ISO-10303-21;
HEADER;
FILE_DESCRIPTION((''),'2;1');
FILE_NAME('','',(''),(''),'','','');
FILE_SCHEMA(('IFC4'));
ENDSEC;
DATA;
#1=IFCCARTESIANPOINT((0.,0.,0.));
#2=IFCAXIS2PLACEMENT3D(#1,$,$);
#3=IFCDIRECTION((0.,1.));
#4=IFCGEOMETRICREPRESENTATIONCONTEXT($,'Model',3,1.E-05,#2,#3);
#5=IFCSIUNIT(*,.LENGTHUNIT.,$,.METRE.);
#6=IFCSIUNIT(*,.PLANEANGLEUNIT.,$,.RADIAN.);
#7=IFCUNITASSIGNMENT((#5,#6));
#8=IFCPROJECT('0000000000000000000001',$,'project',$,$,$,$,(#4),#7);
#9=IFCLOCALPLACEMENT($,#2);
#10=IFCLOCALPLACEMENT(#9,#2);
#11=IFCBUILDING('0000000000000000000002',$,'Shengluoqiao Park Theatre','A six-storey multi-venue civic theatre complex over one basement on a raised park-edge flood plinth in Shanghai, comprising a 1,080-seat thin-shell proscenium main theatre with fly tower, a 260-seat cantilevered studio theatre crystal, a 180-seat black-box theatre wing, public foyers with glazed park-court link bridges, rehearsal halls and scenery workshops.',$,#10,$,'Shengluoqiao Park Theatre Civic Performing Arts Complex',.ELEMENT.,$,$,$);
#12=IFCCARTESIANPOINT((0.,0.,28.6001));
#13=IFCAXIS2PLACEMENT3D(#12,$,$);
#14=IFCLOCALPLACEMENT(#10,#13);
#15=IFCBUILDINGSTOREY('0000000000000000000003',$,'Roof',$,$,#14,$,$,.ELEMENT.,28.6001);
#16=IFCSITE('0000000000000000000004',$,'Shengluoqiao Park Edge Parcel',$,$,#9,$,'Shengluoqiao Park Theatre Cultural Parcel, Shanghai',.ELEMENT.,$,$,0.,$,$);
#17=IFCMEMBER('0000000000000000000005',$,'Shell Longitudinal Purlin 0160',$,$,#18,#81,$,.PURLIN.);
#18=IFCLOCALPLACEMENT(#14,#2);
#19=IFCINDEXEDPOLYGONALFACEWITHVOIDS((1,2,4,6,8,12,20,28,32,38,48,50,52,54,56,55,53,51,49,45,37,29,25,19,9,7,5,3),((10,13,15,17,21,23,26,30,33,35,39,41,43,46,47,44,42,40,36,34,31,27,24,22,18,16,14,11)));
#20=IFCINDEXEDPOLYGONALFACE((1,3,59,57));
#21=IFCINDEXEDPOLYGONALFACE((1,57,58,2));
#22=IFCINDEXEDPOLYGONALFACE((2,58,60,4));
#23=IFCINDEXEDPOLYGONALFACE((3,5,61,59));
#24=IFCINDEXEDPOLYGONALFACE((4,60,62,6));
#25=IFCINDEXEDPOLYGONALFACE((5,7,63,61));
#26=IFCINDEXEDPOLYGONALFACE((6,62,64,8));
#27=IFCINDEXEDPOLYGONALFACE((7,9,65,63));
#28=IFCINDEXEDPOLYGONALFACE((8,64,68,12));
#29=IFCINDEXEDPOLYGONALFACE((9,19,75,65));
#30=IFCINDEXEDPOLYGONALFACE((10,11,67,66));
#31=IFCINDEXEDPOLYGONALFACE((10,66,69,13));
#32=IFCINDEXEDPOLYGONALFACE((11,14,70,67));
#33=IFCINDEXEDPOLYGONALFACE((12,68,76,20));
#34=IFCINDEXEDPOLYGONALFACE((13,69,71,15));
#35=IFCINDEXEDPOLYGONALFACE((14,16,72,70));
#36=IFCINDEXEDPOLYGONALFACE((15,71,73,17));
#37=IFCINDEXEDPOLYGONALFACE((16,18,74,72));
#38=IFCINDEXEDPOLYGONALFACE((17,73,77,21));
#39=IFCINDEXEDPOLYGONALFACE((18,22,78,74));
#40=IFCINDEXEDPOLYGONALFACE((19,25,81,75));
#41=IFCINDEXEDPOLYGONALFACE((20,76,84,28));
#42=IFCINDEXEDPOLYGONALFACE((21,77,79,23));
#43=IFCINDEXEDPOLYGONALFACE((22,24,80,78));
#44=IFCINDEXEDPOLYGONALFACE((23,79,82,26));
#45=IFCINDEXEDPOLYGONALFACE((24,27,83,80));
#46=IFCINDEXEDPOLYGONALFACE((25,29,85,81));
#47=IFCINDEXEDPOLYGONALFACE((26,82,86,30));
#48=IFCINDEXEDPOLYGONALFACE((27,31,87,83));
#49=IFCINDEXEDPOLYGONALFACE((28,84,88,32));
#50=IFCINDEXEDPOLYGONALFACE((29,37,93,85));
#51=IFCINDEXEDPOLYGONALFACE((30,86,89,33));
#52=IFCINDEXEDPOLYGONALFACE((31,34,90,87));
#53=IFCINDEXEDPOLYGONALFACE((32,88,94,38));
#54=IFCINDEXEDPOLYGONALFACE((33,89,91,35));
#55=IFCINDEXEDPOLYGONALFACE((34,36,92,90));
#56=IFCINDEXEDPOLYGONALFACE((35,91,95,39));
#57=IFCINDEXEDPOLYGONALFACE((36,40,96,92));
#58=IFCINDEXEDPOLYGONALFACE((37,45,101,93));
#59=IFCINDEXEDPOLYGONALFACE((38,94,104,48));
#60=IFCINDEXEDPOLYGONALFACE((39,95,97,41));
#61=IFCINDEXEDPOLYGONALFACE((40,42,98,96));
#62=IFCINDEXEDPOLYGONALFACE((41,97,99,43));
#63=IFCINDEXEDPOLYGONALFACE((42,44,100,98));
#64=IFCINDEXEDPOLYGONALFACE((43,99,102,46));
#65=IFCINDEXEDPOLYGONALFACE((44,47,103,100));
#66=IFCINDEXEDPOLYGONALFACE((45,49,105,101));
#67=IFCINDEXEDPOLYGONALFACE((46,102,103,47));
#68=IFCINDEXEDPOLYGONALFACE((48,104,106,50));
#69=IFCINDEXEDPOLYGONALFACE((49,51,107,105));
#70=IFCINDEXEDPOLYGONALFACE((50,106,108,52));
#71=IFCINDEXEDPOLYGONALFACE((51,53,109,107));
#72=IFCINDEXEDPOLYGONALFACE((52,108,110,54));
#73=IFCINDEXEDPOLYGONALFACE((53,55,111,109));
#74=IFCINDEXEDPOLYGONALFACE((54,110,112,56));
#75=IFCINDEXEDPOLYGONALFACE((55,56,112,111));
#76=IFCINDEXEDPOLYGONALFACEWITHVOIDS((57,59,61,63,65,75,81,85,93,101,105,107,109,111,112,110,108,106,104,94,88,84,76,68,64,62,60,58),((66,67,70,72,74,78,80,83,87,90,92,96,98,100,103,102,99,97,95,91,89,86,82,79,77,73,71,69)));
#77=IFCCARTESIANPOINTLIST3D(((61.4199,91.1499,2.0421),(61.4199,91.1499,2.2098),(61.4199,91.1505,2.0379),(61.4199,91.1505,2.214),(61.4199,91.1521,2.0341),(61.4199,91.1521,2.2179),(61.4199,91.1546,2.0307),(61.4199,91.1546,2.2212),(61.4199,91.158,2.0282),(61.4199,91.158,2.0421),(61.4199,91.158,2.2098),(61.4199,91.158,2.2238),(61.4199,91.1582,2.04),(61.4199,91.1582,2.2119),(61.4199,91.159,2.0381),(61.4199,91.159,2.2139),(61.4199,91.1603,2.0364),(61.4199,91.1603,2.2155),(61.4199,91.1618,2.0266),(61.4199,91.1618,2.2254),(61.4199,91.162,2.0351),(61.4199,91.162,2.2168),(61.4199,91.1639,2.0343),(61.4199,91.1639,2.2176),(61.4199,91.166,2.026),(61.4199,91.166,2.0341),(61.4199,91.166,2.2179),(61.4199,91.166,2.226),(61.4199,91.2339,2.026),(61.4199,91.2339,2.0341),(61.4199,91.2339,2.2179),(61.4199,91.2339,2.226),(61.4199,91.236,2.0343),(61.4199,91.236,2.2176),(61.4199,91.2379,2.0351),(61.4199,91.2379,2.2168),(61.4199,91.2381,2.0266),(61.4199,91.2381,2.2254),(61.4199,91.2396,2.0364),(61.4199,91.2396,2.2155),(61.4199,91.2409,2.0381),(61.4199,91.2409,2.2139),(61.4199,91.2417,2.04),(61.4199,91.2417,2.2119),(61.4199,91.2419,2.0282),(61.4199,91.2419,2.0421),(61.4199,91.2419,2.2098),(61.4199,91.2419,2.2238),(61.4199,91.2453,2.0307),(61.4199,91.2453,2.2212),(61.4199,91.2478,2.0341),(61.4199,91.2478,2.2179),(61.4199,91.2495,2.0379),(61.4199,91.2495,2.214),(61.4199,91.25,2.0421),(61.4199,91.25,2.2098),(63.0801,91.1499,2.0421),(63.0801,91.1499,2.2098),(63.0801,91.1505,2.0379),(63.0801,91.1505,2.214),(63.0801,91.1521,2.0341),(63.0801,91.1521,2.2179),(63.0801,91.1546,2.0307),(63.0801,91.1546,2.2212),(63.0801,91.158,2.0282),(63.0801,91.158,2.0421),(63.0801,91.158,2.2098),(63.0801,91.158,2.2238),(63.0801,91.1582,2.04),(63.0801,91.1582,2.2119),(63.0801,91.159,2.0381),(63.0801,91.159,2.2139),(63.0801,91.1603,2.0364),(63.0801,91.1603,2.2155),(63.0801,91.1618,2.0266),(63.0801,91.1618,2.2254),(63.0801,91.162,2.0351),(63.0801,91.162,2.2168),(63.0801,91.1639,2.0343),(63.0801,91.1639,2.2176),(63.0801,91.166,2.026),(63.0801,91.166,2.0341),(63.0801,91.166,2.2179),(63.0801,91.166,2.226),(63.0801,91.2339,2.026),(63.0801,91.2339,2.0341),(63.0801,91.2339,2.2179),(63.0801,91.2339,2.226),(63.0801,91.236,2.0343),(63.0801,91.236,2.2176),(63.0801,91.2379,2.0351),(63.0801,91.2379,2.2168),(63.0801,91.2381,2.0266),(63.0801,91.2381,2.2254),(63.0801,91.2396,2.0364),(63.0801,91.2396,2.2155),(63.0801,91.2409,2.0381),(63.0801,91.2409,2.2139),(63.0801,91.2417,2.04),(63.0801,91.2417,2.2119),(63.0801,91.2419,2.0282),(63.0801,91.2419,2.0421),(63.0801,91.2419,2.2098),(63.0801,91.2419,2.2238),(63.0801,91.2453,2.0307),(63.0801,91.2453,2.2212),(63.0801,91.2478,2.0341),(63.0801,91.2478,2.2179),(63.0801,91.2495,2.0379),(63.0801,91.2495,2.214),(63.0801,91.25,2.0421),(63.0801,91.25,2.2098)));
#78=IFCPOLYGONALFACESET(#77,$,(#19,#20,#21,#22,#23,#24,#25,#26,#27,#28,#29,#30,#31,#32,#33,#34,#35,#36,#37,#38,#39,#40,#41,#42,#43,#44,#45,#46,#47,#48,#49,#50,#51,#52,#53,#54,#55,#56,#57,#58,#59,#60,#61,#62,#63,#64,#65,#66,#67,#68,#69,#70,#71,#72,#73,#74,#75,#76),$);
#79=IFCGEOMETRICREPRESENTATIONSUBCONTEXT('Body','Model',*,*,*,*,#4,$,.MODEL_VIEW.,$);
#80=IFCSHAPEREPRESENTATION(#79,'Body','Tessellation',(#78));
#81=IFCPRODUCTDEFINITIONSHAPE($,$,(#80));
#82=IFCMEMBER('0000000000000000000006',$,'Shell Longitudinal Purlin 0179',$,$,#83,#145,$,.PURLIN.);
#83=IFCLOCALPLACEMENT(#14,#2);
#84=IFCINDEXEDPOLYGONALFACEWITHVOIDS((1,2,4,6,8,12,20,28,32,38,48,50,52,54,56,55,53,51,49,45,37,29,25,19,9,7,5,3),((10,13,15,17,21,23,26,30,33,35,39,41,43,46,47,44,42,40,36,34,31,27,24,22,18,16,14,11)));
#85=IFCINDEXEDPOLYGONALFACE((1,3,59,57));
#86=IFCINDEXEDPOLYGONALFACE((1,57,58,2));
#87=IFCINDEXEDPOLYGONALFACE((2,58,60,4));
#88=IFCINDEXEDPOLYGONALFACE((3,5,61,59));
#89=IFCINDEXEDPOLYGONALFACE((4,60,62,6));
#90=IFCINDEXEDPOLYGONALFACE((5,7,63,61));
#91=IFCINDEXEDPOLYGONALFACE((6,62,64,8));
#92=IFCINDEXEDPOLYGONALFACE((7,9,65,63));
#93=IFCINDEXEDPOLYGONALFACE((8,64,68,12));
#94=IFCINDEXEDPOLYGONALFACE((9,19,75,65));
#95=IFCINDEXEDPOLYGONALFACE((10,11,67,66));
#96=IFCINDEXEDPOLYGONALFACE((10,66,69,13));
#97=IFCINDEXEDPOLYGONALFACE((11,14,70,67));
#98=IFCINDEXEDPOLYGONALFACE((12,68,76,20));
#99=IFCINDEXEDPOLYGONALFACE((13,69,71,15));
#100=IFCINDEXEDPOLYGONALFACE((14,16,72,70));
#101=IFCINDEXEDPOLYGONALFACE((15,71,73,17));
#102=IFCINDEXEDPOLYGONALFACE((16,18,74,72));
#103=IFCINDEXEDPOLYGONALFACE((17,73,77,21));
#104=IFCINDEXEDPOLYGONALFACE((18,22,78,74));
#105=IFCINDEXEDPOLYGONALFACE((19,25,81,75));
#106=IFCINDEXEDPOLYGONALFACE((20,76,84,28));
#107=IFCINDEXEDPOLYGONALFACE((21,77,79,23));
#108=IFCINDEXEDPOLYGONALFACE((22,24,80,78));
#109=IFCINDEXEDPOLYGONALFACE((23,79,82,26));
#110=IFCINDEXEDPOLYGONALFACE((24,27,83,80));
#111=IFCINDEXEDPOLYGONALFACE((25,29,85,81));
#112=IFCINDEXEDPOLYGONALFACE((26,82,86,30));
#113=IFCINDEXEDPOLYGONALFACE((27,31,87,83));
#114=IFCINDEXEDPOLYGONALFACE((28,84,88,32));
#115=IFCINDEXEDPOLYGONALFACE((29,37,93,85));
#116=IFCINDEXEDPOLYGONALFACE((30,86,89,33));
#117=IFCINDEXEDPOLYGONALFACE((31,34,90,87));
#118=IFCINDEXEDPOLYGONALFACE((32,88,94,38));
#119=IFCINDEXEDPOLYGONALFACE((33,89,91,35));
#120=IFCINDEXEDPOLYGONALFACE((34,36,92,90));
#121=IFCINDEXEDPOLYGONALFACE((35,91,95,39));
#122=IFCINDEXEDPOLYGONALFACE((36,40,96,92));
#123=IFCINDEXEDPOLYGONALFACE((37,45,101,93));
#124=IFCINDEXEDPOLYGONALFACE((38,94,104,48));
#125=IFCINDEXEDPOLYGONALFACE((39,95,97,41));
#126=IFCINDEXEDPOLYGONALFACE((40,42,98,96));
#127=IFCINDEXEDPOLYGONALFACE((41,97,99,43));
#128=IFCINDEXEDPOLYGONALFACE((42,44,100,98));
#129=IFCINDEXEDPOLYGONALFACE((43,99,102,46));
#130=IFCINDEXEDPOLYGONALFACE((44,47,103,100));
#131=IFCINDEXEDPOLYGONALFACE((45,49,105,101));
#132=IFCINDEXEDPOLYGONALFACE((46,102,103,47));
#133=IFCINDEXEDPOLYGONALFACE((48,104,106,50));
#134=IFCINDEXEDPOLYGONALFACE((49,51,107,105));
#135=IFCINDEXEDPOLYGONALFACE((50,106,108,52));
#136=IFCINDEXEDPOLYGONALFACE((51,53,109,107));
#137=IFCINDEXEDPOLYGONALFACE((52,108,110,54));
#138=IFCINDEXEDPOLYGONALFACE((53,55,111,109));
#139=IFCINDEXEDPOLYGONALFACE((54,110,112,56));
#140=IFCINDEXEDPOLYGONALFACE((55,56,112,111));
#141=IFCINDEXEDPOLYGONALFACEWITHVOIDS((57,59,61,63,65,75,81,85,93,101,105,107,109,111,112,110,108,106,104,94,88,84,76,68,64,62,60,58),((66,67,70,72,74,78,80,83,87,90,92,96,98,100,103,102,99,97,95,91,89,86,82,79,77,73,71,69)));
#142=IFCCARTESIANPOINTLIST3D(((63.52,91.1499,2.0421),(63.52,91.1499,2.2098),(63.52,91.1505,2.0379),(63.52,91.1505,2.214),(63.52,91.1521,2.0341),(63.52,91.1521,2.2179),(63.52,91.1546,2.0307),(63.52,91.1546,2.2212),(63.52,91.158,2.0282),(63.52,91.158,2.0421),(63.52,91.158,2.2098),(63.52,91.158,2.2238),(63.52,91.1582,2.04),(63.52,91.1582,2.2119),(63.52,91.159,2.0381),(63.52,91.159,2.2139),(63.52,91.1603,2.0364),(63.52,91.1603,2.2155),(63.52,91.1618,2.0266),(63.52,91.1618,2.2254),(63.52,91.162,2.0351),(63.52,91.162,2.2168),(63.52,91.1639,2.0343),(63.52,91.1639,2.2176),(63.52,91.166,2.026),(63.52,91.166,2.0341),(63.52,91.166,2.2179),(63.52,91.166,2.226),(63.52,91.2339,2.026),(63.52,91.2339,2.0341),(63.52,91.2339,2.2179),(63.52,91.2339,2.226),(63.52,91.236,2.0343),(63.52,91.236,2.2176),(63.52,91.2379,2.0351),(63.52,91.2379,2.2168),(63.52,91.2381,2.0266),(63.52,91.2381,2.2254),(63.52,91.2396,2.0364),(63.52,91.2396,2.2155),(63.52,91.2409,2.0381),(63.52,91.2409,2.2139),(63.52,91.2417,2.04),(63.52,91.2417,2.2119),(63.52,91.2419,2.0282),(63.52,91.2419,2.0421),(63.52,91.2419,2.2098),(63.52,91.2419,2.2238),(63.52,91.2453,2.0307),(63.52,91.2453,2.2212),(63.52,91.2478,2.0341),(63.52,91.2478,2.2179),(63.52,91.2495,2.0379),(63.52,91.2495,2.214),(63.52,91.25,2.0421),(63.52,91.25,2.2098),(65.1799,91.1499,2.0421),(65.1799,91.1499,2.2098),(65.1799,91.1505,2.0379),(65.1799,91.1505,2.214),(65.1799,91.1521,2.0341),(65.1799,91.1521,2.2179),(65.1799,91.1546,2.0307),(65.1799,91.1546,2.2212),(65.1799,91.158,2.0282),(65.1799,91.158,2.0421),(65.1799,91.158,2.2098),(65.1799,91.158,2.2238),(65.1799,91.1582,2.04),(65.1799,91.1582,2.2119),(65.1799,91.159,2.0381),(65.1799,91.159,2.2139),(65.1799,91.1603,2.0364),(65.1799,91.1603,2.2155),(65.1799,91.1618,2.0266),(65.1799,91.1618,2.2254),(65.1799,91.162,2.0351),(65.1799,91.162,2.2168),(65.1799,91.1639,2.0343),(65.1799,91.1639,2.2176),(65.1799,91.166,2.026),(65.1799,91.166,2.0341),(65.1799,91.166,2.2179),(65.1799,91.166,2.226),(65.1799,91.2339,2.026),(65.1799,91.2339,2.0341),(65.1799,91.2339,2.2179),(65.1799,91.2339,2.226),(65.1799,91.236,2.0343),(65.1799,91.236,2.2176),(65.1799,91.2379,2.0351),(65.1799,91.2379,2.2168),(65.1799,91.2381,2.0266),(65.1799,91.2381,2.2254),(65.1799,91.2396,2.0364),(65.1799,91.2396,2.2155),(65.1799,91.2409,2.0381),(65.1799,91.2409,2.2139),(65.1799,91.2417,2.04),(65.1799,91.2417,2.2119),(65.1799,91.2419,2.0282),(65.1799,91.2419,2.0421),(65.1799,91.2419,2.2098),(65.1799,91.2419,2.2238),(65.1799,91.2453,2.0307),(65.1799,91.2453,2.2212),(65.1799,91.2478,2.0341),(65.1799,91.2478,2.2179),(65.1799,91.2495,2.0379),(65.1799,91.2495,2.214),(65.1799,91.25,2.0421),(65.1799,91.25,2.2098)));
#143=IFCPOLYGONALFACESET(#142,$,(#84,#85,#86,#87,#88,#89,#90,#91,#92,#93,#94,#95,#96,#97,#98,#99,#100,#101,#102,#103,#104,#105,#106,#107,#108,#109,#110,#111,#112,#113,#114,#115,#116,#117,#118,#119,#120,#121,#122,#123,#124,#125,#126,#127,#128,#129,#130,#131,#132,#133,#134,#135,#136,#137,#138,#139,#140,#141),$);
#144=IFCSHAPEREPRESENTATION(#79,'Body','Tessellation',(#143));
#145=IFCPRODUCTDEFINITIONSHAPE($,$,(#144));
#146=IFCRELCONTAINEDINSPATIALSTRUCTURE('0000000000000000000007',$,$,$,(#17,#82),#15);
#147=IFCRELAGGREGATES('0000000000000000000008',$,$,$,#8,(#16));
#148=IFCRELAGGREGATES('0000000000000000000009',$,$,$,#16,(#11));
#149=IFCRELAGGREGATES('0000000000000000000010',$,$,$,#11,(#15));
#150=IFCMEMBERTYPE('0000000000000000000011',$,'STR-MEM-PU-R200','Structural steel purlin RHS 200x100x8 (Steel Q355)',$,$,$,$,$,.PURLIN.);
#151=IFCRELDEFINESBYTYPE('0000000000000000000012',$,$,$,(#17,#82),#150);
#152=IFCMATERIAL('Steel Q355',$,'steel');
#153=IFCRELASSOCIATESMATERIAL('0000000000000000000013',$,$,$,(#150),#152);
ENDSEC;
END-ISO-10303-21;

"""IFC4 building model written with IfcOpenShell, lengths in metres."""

from ifc_helpers import new_model, si_unit, direction, frame, origin, origin_2d, place, context, subcontext, project, spatial, hollow_rectangle, extrude, material, material_profile, profile_set, type_object, element, save


model = new_model("IFC4")

# Units and contexts
model_context = context("Model", 3, precision=1e-05, world=origin(), true_north=direction((0.0, 1.0)))
body_context = subcontext(model_context, "Body", "Model", "MODEL_VIEW")
ifc_project = project(units=[si_unit("LENGTHUNIT", "METRE"), si_unit("PLANEANGLEUNIT", "RADIAN")], contexts=[model_context])

# Site, building, storey
site_placement = place(None, origin())
site = spatial("IfcSite", under=ifc_project, at=site_placement, Name="Shengluoqiao Park Edge Parcel", LongName="Shengluoqiao Park Theatre Cultural Parcel, Shanghai", CompositionType="ELEMENT", RefElevation=0.0)
building_placement = place(site_placement, origin())
building = spatial("IfcBuilding", under=site, at=building_placement, Name="Shengluoqiao Park Theatre", Description="A six-storey multi-venue civic theatre complex over one basement on a raised park-edge flood plinth in Shanghai, comprising a 1,080-seat thin-shell proscenium main theatre with fly tower, a 260-seat cantilevered studio theatre crystal, a 180-seat black-box theatre wing, public foyers with glazed park-court link bridges, rehearsal halls and scenery workshops.", LongName="Shengluoqiao Park Theatre Civic Performing Arts Complex", CompositionType="ELEMENT")
storey_placement = place(building_placement, frame((0.0, 0.0, 28.6001)))
storey = spatial("IfcBuildingStorey", under=building, at=storey_placement, Name="Roof", CompositionType="ELEMENT", Elevation=28.6001)

# Shared definitions
ifc_material_1 = material(Name="Steel Q355", Category="steel")

# Members
ifc_material_profile_1 = material_profile(ifc_material_1, hollow_rectangle(XDim=0.1001, YDim=0.2, WallThickness=0.0081, InnerFilletRadius=0.0081, OuterFilletRadius=0.0161, at=origin_2d()), Name="RHS 200x100x8")
ifc_profile_set_1 = profile_set([ifc_material_profile_1], Name="Steel Q355")
member_type_1 = type_object("IfcMemberType", Name="STR-MEM-PU-R200", Description="Structural steel purlin RHS 200x100x8 (Steel Q355)", PredefinedType="PURLIN", material=ifc_profile_set_1)
member_1_placement = place(storey_placement, frame((61.4199, 91.2, 2.126), z_axis=(1.0, 0.0, 0.0), x_axis=(0.0, 1.0, 0.0)))
element("IfcMember", 1, at=member_1_placement, inside=storey, type_object=member_type_1, Name="Shell Longitudinal Purlin 0160", PredefinedType="PURLIN", context=body_context, shape_type="SweptSolid", body=[
    extrude(hollow_rectangle(XDim=0.1001, YDim=0.2, WallThickness=0.0081, InnerFilletRadius=0.0081, OuterFilletRadius=0.0161, at=origin_2d()), origin(), (0.0, 0.0, 1.0), 1.6602),
])
member_2_placement = place(storey_placement, frame((63.52, 91.2, 2.126), z_axis=(1.0, 0.0, 0.0), x_axis=(0.0, 1.0, 0.0)))
element("IfcMember", 2, at=member_2_placement, inside=storey, type_object=member_type_1, Name="Shell Longitudinal Purlin 0179", PredefinedType="PURLIN", context=body_context, shape_type="SweptSolid", body=[
    extrude(hollow_rectangle(XDim=0.1001, YDim=0.2, WallThickness=0.0081, InnerFilletRadius=0.0081, OuterFilletRadius=0.0161, at=origin_2d()), origin(), (0.0, 0.0, 1.0), 1.6599),
])

save(model, "model.ifc")
